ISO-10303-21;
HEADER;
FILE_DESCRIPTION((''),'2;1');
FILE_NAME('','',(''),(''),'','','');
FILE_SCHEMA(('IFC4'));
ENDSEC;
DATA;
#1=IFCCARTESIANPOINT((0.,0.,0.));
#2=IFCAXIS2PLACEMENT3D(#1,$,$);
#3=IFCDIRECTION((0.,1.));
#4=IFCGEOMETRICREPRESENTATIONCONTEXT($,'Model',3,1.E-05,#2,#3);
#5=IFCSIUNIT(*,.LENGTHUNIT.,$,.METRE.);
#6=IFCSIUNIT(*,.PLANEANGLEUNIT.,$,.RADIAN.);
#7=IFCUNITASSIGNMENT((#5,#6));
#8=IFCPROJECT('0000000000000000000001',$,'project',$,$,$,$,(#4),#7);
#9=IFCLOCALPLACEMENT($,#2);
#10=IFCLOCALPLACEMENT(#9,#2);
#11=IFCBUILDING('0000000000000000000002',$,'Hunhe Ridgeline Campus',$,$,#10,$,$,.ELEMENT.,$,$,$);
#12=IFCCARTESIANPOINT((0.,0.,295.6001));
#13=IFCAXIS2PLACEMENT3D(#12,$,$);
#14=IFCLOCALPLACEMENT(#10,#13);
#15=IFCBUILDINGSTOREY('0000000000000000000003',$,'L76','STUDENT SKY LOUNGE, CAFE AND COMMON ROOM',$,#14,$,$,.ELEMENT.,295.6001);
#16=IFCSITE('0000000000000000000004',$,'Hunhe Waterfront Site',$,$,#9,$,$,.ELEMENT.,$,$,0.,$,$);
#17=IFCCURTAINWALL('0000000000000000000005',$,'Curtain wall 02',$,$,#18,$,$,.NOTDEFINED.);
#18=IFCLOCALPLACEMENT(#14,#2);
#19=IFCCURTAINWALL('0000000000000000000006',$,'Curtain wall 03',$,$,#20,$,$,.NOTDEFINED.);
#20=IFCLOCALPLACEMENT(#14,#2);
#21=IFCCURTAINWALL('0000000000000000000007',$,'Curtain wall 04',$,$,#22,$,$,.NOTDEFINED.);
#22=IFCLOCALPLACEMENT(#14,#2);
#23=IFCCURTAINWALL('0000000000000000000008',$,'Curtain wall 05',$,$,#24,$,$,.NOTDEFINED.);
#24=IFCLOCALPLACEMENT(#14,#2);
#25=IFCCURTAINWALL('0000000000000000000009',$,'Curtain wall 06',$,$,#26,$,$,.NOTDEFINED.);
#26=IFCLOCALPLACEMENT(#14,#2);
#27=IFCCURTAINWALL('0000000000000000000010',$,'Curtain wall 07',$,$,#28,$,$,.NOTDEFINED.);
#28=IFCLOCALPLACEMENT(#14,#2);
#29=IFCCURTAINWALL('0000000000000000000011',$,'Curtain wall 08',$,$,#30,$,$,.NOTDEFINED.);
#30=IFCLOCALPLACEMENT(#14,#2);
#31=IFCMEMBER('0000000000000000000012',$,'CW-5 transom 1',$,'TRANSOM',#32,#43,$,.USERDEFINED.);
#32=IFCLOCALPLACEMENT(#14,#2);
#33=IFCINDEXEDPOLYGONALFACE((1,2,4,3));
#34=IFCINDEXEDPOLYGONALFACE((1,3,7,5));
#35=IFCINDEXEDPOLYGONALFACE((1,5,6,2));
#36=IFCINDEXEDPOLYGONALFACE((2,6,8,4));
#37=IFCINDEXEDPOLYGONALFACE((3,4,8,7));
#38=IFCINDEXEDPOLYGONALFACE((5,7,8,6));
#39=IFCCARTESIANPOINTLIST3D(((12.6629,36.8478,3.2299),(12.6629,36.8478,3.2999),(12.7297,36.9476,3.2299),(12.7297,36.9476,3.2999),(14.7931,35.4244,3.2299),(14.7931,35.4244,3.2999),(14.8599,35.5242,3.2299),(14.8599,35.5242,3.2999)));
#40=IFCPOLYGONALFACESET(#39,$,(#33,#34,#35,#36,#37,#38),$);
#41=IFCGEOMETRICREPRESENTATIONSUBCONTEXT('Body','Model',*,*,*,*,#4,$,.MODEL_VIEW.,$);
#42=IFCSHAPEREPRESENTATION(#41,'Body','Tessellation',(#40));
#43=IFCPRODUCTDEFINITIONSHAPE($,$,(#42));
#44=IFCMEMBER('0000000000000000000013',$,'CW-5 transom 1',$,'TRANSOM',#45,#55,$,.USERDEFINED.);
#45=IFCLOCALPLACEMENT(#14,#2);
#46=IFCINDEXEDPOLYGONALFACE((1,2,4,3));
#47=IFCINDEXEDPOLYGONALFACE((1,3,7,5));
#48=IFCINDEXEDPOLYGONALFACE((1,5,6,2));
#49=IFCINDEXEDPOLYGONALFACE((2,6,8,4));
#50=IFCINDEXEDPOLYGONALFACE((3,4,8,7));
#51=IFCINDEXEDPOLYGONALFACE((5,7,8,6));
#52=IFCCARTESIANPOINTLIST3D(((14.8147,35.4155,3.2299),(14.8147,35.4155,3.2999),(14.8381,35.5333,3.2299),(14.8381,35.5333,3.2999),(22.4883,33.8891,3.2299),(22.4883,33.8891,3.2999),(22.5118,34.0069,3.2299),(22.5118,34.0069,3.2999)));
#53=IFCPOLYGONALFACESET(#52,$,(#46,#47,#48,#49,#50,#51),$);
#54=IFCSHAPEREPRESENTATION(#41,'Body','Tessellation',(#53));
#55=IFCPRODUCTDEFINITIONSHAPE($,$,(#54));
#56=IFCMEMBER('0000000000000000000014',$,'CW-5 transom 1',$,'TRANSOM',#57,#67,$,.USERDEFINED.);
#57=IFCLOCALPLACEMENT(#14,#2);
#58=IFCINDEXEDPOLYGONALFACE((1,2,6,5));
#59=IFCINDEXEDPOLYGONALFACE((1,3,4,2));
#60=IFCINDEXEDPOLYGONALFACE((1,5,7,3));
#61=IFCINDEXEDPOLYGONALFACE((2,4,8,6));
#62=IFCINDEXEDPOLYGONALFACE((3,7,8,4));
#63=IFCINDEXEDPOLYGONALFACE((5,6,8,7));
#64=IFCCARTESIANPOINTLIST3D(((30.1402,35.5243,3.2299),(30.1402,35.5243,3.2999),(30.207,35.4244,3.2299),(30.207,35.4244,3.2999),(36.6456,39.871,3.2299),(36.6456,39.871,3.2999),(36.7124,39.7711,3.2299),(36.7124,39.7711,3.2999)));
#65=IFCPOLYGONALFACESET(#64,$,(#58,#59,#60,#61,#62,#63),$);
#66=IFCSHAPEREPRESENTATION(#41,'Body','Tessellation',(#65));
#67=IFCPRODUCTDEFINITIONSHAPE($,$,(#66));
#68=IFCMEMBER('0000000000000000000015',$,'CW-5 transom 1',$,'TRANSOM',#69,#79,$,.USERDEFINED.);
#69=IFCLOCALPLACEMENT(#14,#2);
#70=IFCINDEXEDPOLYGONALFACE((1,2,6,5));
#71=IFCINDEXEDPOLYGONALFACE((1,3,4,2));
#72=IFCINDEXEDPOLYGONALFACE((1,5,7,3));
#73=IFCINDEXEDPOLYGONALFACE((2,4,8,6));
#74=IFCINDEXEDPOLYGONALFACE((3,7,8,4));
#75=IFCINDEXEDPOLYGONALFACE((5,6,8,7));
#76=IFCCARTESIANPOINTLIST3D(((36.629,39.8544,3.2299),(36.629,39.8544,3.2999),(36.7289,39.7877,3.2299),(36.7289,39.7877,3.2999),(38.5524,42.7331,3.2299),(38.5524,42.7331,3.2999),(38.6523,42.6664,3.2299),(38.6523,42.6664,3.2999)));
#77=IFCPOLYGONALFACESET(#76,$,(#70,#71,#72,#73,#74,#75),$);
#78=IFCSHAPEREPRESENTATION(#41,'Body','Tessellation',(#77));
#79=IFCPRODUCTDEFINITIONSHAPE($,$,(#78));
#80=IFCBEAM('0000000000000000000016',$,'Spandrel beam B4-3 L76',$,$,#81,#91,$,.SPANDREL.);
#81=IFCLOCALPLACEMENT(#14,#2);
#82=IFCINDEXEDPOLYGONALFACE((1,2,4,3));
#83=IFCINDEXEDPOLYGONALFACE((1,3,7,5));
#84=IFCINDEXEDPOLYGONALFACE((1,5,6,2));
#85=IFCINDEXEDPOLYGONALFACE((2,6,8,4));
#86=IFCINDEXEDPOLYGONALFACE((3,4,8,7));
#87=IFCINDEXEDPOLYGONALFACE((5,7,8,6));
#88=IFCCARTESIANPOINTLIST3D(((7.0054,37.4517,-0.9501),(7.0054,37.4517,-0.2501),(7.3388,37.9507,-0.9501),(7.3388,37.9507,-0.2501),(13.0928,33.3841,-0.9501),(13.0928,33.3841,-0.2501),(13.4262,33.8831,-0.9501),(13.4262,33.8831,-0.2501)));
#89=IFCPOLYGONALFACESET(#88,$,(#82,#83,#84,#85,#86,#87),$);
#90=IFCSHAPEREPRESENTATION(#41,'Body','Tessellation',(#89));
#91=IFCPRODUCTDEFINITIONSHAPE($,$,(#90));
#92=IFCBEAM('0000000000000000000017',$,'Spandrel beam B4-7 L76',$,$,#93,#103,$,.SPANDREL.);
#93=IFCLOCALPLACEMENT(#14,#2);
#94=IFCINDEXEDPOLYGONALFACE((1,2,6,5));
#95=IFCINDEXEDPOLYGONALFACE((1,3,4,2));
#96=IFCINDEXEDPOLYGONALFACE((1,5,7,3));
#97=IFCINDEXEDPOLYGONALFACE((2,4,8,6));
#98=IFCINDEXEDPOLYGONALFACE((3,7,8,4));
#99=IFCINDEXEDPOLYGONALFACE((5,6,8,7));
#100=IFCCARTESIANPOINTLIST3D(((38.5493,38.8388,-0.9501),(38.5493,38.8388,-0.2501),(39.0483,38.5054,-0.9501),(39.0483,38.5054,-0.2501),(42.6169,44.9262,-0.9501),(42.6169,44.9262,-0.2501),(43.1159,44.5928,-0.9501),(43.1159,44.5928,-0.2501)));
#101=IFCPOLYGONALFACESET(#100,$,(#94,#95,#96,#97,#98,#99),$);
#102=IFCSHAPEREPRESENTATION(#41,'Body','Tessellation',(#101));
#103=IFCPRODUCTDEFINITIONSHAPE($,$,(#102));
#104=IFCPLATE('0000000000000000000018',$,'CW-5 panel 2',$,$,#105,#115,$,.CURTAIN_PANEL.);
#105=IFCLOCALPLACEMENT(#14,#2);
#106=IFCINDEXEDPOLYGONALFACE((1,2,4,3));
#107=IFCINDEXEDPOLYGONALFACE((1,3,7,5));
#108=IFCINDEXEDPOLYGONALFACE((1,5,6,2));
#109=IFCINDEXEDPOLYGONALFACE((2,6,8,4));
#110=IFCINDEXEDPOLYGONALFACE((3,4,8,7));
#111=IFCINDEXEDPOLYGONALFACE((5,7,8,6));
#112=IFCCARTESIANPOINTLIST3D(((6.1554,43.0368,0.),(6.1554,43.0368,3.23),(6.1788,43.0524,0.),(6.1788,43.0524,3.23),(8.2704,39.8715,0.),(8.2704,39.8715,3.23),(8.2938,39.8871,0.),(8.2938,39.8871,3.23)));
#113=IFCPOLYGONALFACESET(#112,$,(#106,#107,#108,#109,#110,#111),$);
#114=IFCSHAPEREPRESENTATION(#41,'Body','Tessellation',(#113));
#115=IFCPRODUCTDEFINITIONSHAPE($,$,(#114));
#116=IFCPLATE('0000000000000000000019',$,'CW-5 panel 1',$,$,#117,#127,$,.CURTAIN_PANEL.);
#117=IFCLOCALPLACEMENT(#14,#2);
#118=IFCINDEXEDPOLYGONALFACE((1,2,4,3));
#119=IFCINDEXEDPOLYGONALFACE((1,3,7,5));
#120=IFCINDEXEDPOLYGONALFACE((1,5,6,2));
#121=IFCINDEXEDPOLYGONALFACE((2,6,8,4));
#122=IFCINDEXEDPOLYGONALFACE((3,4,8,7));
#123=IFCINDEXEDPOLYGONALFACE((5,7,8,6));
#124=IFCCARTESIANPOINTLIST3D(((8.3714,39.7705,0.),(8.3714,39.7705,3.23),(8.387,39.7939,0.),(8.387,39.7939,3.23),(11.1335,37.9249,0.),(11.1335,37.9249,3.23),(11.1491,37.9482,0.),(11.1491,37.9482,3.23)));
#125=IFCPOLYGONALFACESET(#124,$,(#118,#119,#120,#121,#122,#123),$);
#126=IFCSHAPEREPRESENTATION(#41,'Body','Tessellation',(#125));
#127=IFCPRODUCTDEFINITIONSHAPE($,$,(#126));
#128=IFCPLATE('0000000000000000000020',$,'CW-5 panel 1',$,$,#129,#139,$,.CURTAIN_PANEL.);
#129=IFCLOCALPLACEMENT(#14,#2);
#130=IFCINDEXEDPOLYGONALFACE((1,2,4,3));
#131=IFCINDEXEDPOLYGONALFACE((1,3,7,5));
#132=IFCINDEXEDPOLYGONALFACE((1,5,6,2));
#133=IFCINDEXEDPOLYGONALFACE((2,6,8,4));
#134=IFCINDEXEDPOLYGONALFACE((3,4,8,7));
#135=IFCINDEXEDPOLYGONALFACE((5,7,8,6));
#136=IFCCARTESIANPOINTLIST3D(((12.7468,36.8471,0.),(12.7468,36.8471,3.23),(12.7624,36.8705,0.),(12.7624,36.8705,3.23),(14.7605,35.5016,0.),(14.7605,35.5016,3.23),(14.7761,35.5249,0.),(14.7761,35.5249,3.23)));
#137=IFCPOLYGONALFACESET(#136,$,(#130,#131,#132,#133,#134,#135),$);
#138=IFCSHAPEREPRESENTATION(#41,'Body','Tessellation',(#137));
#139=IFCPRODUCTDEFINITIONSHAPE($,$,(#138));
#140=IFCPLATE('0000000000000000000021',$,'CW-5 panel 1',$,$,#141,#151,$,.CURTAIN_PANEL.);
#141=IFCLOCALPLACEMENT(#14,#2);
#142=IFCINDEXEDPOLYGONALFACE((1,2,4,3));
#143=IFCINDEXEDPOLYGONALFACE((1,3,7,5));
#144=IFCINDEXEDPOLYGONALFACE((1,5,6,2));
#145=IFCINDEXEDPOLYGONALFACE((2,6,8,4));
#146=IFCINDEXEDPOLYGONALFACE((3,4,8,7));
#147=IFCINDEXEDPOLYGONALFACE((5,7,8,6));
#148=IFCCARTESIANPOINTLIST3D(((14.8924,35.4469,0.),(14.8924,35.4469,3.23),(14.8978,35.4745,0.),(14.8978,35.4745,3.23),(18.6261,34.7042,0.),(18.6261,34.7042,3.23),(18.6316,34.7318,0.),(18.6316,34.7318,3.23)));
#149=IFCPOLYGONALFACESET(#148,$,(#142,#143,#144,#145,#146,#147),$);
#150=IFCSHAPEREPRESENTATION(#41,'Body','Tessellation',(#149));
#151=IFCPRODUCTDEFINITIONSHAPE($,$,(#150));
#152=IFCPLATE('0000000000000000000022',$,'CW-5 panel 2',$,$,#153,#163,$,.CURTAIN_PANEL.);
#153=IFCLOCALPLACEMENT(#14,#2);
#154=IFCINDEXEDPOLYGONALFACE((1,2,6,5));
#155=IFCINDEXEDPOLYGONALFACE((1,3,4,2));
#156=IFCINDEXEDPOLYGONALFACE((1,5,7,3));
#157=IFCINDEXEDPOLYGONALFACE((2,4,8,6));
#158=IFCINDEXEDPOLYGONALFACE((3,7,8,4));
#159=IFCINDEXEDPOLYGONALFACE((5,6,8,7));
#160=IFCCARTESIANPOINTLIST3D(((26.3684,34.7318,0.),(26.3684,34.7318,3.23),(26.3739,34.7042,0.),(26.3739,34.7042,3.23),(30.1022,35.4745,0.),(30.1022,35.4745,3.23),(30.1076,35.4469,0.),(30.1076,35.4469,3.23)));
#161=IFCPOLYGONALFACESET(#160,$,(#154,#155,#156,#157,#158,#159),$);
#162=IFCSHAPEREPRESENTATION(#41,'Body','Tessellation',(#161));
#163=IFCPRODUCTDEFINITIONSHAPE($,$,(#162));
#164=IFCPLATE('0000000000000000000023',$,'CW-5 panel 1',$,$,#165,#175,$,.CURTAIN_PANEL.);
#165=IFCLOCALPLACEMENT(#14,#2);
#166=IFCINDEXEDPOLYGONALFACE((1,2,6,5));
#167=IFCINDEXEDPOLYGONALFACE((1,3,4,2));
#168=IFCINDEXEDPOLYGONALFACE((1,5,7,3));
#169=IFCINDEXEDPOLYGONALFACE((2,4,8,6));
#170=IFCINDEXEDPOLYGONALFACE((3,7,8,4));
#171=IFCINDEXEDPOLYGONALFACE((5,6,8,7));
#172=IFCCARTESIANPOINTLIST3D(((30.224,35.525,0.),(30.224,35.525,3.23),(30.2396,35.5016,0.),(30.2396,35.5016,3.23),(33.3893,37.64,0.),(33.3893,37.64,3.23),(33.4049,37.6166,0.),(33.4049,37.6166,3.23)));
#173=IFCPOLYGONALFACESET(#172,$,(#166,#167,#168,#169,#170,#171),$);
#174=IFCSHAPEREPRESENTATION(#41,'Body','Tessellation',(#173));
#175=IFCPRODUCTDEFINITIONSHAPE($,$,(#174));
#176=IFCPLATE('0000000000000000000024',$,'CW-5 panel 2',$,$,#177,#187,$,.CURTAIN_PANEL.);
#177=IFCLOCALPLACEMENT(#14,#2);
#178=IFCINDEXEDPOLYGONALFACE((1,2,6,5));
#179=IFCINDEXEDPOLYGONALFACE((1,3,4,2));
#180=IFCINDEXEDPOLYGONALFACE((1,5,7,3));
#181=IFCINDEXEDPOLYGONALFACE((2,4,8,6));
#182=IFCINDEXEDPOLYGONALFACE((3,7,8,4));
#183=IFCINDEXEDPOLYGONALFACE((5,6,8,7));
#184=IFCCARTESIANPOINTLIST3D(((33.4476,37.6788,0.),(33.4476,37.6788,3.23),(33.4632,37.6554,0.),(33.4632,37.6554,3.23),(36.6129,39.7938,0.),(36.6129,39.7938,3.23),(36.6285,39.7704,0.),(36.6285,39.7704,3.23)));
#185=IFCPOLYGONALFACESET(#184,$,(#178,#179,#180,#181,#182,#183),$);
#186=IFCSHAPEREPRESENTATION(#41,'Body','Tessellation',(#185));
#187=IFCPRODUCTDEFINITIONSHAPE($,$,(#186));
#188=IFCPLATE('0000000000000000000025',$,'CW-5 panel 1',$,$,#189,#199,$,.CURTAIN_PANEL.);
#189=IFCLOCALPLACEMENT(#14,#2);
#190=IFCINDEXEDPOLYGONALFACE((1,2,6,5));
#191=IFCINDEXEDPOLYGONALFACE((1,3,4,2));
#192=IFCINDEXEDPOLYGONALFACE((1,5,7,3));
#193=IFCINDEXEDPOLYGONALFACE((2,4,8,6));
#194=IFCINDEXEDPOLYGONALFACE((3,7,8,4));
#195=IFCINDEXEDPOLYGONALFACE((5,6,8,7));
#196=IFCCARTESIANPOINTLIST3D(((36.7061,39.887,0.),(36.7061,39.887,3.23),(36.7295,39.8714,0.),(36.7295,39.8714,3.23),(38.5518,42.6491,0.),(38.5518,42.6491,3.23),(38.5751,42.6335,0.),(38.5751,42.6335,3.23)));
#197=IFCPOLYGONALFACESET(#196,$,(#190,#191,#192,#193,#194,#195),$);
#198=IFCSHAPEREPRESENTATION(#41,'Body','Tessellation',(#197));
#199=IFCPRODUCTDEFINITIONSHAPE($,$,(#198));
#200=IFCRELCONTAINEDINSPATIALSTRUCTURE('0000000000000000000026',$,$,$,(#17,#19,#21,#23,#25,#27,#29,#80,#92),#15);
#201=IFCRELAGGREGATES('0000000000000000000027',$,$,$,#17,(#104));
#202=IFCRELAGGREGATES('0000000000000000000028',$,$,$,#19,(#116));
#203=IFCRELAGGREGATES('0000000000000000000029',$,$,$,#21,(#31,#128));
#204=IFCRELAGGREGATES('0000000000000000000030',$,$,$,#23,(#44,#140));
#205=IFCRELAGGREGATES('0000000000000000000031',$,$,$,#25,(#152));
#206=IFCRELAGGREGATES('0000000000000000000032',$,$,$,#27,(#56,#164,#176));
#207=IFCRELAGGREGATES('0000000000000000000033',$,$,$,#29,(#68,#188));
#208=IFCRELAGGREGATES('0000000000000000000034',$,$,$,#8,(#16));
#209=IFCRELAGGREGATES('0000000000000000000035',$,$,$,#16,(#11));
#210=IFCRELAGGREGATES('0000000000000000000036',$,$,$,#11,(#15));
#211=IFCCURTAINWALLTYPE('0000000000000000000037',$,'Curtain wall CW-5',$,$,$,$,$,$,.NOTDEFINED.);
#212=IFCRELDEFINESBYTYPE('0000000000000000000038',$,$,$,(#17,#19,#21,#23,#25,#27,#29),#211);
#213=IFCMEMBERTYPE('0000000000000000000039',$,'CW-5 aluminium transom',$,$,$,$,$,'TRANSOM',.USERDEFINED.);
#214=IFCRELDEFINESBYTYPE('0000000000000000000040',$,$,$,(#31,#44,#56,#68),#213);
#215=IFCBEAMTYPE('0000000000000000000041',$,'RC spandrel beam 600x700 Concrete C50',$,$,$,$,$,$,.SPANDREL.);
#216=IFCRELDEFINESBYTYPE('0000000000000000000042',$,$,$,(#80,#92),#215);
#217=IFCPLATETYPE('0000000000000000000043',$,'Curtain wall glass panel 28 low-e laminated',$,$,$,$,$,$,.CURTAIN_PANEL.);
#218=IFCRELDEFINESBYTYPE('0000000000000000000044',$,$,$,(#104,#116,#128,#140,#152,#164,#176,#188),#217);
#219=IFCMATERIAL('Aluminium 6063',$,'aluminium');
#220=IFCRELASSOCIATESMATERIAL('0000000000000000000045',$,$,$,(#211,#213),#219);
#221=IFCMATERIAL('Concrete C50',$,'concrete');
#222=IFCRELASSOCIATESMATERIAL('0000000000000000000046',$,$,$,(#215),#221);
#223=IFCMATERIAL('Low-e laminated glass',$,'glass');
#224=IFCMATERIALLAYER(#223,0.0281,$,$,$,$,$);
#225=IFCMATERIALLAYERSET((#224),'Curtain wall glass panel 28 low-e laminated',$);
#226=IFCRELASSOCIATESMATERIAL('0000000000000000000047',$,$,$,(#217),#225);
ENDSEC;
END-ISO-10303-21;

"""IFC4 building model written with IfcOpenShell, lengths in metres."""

from ifc_helpers import new_model, si_unit, direction, frame, origin, origin_2d, place, context, subcontext, project, spatial, rectangle, extrude, material, layer, layer_set, material_profile, profile_set, type_object, element, aggregate, save


model = new_model("IFC4")

# Units and contexts
model_context = context("Model", 3, precision=1e-05, world=origin(), true_north=direction((0.0, 1.0)))
body_context = subcontext(model_context, "Body", "Model", "MODEL_VIEW")
ifc_project = project(units=[si_unit("LENGTHUNIT", "METRE"), si_unit("PLANEANGLEUNIT", "RADIAN")], contexts=[model_context])

# Site, building, storey
site_placement = place(None, origin())
site = spatial("IfcSite", under=ifc_project, at=site_placement, Name="Hunhe Waterfront Site", CompositionType="ELEMENT", RefElevation=0.0)
building_placement = place(site_placement, origin())
building = spatial("IfcBuilding", under=site, at=building_placement, Name="Hunhe Ridgeline Campus", CompositionType="ELEMENT")
storey_placement = place(building_placement, frame((0.0, 0.0, 295.6001)))
storey = spatial("IfcBuildingStorey", under=building, at=storey_placement, Name="L76", Description="STUDENT SKY LOUNGE, CAFE AND COMMON ROOM", CompositionType="ELEMENT", Elevation=295.6001)

# Shared definitions
ifc_material_1 = material(Name="Concrete C50", Category="concrete")

# Curtain wall
ifc_material_2 = material(Name="Aluminium 6063", Category="aluminium")
curtain_wall_type = type_object("IfcCurtainWallType", Name="Curtain wall CW-5", PredefinedType="NOTDEFINED", material=ifc_material_2)
curtain_wall_1_placement = place(storey_placement, origin())
curtain_wall_1 = element("IfcCurtainWall", 1, at=curtain_wall_1_placement, inside=storey, type_object=curtain_wall_type, Name="Curtain wall 02", PredefinedType="NOTDEFINED")

# Curtain walls
curtain_wall_2_placement = place(storey_placement, origin())
curtain_wall_2 = element("IfcCurtainWall", 2, at=curtain_wall_2_placement, inside=storey, type_object=curtain_wall_type, Name="Curtain wall 03", PredefinedType="NOTDEFINED")
curtain_wall_3_placement = place(storey_placement, origin())
curtain_wall_3 = element("IfcCurtainWall", 3, at=curtain_wall_3_placement, inside=storey, type_object=curtain_wall_type, Name="Curtain wall 04", PredefinedType="NOTDEFINED")

# Curtain wall
curtain_wall_4_placement = place(storey_placement, origin())
curtain_wall_4 = element("IfcCurtainWall", 4, at=curtain_wall_4_placement, inside=storey, type_object=curtain_wall_type, Name="Curtain wall 05", PredefinedType="NOTDEFINED")

# Curtain walls
curtain_wall_5_placement = place(storey_placement, origin())
curtain_wall_5 = element("IfcCurtainWall", 5, at=curtain_wall_5_placement, inside=storey, type_object=curtain_wall_type, Name="Curtain wall 06", PredefinedType="NOTDEFINED")
curtain_wall_6_placement = place(storey_placement, origin())
curtain_wall_6 = element("IfcCurtainWall", 6, at=curtain_wall_6_placement, inside=storey, type_object=curtain_wall_type, Name="Curtain wall 07", PredefinedType="NOTDEFINED")

# Curtain wall
curtain_wall_7_placement = place(storey_placement, origin())
curtain_wall_7 = element("IfcCurtainWall", 7, at=curtain_wall_7_placement, inside=storey, type_object=curtain_wall_type, Name="Curtain wall 08", PredefinedType="NOTDEFINED")

# Members
ifc_material_profile_1 = material_profile(ifc_material_2, rectangle(XDim=0.1201, YDim=0.0701, at=origin_2d()))
ifc_profile_set_1 = profile_set([ifc_material_profile_1], Name="Aluminium 6063")
member_type_1 = type_object("IfcMemberType", Name="CW-5 aluminium transom", ElementType="TRANSOM", PredefinedType="USERDEFINED", material=ifc_profile_set_1)
member_1_placement = place(storey_placement, frame((12.6963, 36.8977, 3.2649), z_axis=(0.831463, -0.55558, 0.0), x_axis=(0.55558, 0.831463, 0.0)))
member_1 = element("IfcMember", 8, at=member_1_placement, type_object=member_type_1, Name="CW-5 transom 1", ObjectType="TRANSOM", PredefinedType="USERDEFINED", context=body_context, shape_type="SweptSolid", body=[
    extrude(rectangle(XDim=0.1201, YDim=0.0701, at=origin_2d()), origin(), (0.0, 0.0, 1.0), 2.562),
])
member_2_placement = place(storey_placement, frame((14.8264, 35.4744, 3.2649), z_axis=(0.980785, -0.19509, 0.0), x_axis=(0.19509, 0.980785, 0.0)))
member_2 = element("IfcMember", 9, at=member_2_placement, type_object=member_type_1, Name="CW-5 transom 1", ObjectType="TRANSOM", PredefinedType="USERDEFINED", context=body_context, shape_type="SweptSolid", body=[
    extrude(rectangle(XDim=0.1201, YDim=0.0701, at=origin_2d()), origin(), (0.0, 0.0, 1.0), 7.824),
])
member_3_placement = place(storey_placement, frame((30.1736, 35.4744, 3.2649), z_axis=(0.831474, 0.555564, 0.0), x_axis=(-0.555564, 0.831474, 0.0)))
member_3 = element("IfcMember", 10, at=member_3_placement, type_object=member_type_1, Name="CW-5 transom 1", ObjectType="TRANSOM", PredefinedType="USERDEFINED", context=body_context, shape_type="SweptSolid", body=[
    extrude(rectangle(XDim=0.1201, YDim=0.0701, at=origin_2d()), origin(), (0.0, 0.0, 1.0), 7.824),
])
member_4_placement = place(storey_placement, frame((36.679, 39.821, 3.2649), z_axis=(0.555546, 0.831486, 0.0), x_axis=(-0.831486, 0.555546, 0.0)))
member_4 = element("IfcMember", 11, at=member_4_placement, type_object=member_type_1, Name="CW-5 transom 1", ObjectType="TRANSOM", PredefinedType="USERDEFINED", context=body_context, shape_type="SweptSolid", body=[
    extrude(rectangle(XDim=0.1201, YDim=0.0701, at=origin_2d()), origin(), (0.0, 0.0, 1.0), 3.4622),
])

# Beams
ifc_material_profile_2 = material_profile(ifc_material_1, rectangle(XDim=0.6001, YDim=0.7, at=origin_2d()))
ifc_profile_set_2 = profile_set([ifc_material_profile_2], Name="Concrete C50")
beam_type = type_object("IfcBeamType", Name="RC spandrel beam 600x700 Concrete C50", PredefinedType="SPANDREL", material=ifc_profile_set_2)
for number, where, z_axis, x_axis, name in (
    (12, (7.1721, 37.7012, -0.6001), (0.83146, -0.555585, 0.0), (0.555585, 0.83146, 0.0), "Spandrel beam B4-3 L76"),
    (13, (38.7988, 38.6721, -0.6001), (0.555585, 0.83146, 0.0), (-0.83146, 0.555585, 0.0), "Spandrel beam B4-7 L76"),
):
    element("IfcBeam", number, at=place(storey_placement, frame(where, z_axis=z_axis, x_axis=x_axis)), inside=storey, type_object=beam_type, Name=name, PredefinedType="SPANDREL", context=body_context, shape_type="SweptSolid", body=[
        extrude(rectangle(XDim=0.6001, YDim=0.7, at=origin_2d()), origin(), (0.0, 0.0, 1.0), 7.3213),
    ])

# Plates
ifc_material_3 = material(Name="Low-e laminated glass", Category="glass")
ifc_layer_1 = layer(ifc_material_3, 0.0281)
ifc_layer_set_1 = layer_set([ifc_layer_1], Name="Curtain wall glass panel 28 low-e laminated")
plate_type = type_object("IfcPlateType", Name="Curtain wall glass panel 28 low-e laminated", PredefinedType="CURTAIN_PANEL", material=ifc_layer_set_1)
plate_1_placement = place(storey_placement, frame((7.2246, 41.4619, 0.0), z_axis=(0.0, 0.0, 1.0), x_axis=(0.55557, -0.83147, 0.0)))
plate_1 = element("IfcPlate", 14, at=plate_1_placement, type_object=plate_type, Name="CW-5 panel 2", PredefinedType="CURTAIN_PANEL", context=body_context, shape_type="SweptSolid", body=[
    extrude(rectangle(XDim=3.8069, YDim=0.0281, at=origin_2d()), origin(), (0.0, 0.0, 1.0), 3.23),
])
aggregate(curtain_wall_1, [plate_1])
plate_2_placement = place(storey_placement, frame((9.7603, 38.8594, 0.0), z_axis=(0.0, 0.0, 1.0), x_axis=(0.83147, -0.55557, 0.0)))
plate_2 = element("IfcPlate", 15, at=plate_2_placement, type_object=plate_type, Name="CW-5 panel 1", PredefinedType="CURTAIN_PANEL", context=body_context, shape_type="SweptSolid", body=[
    extrude(rectangle(XDim=3.322, YDim=0.0281, at=origin_2d()), origin(), (0.0, 0.0, 1.0), 3.23),
])
aggregate(curtain_wall_2, [plate_2])
plate_3_placement = place(storey_placement, frame((13.7615, 36.186, 0.0), z_axis=(0.0, 0.0, 1.0), x_axis=(0.83147, -0.55557, 0.0)))
plate_3 = element("IfcPlate", 16, at=plate_3_placement, type_object=plate_type, Name="CW-5 panel 1", PredefinedType="CURTAIN_PANEL", context=body_context, shape_type="SweptSolid", body=[
    extrude(rectangle(XDim=2.4219, YDim=0.0281, at=origin_2d()), origin(), (0.0, 0.0, 1.0), 3.23),
])
aggregate(curtain_wall_3, [member_1, plate_3])
plate_4_placement = place(storey_placement, frame((16.762, 35.0894, 0.0), z_axis=(0.0, 0.0, 1.0), x_axis=(0.980785, -0.19509, 0.0)))
plate_4 = element("IfcPlate", 17, at=plate_4_placement, type_object=plate_type, Name="CW-5 panel 1", PredefinedType="CURTAIN_PANEL", context=body_context, shape_type="SweptSolid", body=[
    extrude(rectangle(XDim=3.8069, YDim=0.0281, at=origin_2d()), origin(), (0.0, 0.0, 1.0), 3.23),
])
aggregate(curtain_wall_4, [member_2, plate_4])
plate_5_placement = place(storey_placement, frame((28.238, 35.0894, 0.0), z_axis=(0.0, 0.0, 1.0), x_axis=(0.980785, 0.19509, 0.0)))
plate_5 = element("IfcPlate", 18, at=plate_5_placement, type_object=plate_type, Name="CW-5 panel 2", PredefinedType="CURTAIN_PANEL", context=body_context, shape_type="SweptSolid", body=[
    extrude(rectangle(XDim=3.8069, YDim=0.0281, at=origin_2d()), origin(), (0.0, 0.0, 1.0), 3.23),
])
aggregate(curtain_wall_5, [plate_5])
plate_6_placement = place(storey_placement, frame((31.8145, 36.5708, 0.0), z_axis=(0.0, 0.0, 1.0), x_axis=(0.83147, 0.55557, 0.0)))
plate_6 = element("IfcPlate", 19, at=plate_6_placement, type_object=plate_type, Name="CW-5 panel 1", PredefinedType="CURTAIN_PANEL", context=body_context, shape_type="SweptSolid", body=[
    extrude(rectangle(XDim=3.8069, YDim=0.0281, at=origin_2d()), origin(), (0.0, 0.0, 1.0), 3.23),
])
plate_7_placement = place(storey_placement, frame((35.0381, 38.7246, 0.0), z_axis=(0.0, 0.0, 1.0), x_axis=(0.83147, 0.55557, 0.0)))
plate_7 = element("IfcPlate", 20, at=plate_7_placement, type_object=plate_type, Name="CW-5 panel 2", PredefinedType="CURTAIN_PANEL", context=body_context, shape_type="SweptSolid", body=[
    extrude(rectangle(XDim=3.8069, YDim=0.0281, at=origin_2d()), origin(), (0.0, 0.0, 1.0), 3.23),
])
aggregate(curtain_wall_6, [member_3, plate_6, plate_7])
plate_8_placement = place(storey_placement, frame((37.6406, 41.2603, 0.0), z_axis=(0.0, 0.0, 1.0), x_axis=(0.55557, 0.83147, 0.0)))
plate_8 = element("IfcPlate", 21, at=plate_8_placement, type_object=plate_type, Name="CW-5 panel 1", PredefinedType="CURTAIN_PANEL", context=body_context, shape_type="SweptSolid", body=[
    extrude(rectangle(XDim=3.322, YDim=0.0281, at=origin_2d()), origin(), (0.0, 0.0, 1.0), 3.23),
])
aggregate(curtain_wall_7, [member_4, plate_8])

save(model, "model.ifc")
